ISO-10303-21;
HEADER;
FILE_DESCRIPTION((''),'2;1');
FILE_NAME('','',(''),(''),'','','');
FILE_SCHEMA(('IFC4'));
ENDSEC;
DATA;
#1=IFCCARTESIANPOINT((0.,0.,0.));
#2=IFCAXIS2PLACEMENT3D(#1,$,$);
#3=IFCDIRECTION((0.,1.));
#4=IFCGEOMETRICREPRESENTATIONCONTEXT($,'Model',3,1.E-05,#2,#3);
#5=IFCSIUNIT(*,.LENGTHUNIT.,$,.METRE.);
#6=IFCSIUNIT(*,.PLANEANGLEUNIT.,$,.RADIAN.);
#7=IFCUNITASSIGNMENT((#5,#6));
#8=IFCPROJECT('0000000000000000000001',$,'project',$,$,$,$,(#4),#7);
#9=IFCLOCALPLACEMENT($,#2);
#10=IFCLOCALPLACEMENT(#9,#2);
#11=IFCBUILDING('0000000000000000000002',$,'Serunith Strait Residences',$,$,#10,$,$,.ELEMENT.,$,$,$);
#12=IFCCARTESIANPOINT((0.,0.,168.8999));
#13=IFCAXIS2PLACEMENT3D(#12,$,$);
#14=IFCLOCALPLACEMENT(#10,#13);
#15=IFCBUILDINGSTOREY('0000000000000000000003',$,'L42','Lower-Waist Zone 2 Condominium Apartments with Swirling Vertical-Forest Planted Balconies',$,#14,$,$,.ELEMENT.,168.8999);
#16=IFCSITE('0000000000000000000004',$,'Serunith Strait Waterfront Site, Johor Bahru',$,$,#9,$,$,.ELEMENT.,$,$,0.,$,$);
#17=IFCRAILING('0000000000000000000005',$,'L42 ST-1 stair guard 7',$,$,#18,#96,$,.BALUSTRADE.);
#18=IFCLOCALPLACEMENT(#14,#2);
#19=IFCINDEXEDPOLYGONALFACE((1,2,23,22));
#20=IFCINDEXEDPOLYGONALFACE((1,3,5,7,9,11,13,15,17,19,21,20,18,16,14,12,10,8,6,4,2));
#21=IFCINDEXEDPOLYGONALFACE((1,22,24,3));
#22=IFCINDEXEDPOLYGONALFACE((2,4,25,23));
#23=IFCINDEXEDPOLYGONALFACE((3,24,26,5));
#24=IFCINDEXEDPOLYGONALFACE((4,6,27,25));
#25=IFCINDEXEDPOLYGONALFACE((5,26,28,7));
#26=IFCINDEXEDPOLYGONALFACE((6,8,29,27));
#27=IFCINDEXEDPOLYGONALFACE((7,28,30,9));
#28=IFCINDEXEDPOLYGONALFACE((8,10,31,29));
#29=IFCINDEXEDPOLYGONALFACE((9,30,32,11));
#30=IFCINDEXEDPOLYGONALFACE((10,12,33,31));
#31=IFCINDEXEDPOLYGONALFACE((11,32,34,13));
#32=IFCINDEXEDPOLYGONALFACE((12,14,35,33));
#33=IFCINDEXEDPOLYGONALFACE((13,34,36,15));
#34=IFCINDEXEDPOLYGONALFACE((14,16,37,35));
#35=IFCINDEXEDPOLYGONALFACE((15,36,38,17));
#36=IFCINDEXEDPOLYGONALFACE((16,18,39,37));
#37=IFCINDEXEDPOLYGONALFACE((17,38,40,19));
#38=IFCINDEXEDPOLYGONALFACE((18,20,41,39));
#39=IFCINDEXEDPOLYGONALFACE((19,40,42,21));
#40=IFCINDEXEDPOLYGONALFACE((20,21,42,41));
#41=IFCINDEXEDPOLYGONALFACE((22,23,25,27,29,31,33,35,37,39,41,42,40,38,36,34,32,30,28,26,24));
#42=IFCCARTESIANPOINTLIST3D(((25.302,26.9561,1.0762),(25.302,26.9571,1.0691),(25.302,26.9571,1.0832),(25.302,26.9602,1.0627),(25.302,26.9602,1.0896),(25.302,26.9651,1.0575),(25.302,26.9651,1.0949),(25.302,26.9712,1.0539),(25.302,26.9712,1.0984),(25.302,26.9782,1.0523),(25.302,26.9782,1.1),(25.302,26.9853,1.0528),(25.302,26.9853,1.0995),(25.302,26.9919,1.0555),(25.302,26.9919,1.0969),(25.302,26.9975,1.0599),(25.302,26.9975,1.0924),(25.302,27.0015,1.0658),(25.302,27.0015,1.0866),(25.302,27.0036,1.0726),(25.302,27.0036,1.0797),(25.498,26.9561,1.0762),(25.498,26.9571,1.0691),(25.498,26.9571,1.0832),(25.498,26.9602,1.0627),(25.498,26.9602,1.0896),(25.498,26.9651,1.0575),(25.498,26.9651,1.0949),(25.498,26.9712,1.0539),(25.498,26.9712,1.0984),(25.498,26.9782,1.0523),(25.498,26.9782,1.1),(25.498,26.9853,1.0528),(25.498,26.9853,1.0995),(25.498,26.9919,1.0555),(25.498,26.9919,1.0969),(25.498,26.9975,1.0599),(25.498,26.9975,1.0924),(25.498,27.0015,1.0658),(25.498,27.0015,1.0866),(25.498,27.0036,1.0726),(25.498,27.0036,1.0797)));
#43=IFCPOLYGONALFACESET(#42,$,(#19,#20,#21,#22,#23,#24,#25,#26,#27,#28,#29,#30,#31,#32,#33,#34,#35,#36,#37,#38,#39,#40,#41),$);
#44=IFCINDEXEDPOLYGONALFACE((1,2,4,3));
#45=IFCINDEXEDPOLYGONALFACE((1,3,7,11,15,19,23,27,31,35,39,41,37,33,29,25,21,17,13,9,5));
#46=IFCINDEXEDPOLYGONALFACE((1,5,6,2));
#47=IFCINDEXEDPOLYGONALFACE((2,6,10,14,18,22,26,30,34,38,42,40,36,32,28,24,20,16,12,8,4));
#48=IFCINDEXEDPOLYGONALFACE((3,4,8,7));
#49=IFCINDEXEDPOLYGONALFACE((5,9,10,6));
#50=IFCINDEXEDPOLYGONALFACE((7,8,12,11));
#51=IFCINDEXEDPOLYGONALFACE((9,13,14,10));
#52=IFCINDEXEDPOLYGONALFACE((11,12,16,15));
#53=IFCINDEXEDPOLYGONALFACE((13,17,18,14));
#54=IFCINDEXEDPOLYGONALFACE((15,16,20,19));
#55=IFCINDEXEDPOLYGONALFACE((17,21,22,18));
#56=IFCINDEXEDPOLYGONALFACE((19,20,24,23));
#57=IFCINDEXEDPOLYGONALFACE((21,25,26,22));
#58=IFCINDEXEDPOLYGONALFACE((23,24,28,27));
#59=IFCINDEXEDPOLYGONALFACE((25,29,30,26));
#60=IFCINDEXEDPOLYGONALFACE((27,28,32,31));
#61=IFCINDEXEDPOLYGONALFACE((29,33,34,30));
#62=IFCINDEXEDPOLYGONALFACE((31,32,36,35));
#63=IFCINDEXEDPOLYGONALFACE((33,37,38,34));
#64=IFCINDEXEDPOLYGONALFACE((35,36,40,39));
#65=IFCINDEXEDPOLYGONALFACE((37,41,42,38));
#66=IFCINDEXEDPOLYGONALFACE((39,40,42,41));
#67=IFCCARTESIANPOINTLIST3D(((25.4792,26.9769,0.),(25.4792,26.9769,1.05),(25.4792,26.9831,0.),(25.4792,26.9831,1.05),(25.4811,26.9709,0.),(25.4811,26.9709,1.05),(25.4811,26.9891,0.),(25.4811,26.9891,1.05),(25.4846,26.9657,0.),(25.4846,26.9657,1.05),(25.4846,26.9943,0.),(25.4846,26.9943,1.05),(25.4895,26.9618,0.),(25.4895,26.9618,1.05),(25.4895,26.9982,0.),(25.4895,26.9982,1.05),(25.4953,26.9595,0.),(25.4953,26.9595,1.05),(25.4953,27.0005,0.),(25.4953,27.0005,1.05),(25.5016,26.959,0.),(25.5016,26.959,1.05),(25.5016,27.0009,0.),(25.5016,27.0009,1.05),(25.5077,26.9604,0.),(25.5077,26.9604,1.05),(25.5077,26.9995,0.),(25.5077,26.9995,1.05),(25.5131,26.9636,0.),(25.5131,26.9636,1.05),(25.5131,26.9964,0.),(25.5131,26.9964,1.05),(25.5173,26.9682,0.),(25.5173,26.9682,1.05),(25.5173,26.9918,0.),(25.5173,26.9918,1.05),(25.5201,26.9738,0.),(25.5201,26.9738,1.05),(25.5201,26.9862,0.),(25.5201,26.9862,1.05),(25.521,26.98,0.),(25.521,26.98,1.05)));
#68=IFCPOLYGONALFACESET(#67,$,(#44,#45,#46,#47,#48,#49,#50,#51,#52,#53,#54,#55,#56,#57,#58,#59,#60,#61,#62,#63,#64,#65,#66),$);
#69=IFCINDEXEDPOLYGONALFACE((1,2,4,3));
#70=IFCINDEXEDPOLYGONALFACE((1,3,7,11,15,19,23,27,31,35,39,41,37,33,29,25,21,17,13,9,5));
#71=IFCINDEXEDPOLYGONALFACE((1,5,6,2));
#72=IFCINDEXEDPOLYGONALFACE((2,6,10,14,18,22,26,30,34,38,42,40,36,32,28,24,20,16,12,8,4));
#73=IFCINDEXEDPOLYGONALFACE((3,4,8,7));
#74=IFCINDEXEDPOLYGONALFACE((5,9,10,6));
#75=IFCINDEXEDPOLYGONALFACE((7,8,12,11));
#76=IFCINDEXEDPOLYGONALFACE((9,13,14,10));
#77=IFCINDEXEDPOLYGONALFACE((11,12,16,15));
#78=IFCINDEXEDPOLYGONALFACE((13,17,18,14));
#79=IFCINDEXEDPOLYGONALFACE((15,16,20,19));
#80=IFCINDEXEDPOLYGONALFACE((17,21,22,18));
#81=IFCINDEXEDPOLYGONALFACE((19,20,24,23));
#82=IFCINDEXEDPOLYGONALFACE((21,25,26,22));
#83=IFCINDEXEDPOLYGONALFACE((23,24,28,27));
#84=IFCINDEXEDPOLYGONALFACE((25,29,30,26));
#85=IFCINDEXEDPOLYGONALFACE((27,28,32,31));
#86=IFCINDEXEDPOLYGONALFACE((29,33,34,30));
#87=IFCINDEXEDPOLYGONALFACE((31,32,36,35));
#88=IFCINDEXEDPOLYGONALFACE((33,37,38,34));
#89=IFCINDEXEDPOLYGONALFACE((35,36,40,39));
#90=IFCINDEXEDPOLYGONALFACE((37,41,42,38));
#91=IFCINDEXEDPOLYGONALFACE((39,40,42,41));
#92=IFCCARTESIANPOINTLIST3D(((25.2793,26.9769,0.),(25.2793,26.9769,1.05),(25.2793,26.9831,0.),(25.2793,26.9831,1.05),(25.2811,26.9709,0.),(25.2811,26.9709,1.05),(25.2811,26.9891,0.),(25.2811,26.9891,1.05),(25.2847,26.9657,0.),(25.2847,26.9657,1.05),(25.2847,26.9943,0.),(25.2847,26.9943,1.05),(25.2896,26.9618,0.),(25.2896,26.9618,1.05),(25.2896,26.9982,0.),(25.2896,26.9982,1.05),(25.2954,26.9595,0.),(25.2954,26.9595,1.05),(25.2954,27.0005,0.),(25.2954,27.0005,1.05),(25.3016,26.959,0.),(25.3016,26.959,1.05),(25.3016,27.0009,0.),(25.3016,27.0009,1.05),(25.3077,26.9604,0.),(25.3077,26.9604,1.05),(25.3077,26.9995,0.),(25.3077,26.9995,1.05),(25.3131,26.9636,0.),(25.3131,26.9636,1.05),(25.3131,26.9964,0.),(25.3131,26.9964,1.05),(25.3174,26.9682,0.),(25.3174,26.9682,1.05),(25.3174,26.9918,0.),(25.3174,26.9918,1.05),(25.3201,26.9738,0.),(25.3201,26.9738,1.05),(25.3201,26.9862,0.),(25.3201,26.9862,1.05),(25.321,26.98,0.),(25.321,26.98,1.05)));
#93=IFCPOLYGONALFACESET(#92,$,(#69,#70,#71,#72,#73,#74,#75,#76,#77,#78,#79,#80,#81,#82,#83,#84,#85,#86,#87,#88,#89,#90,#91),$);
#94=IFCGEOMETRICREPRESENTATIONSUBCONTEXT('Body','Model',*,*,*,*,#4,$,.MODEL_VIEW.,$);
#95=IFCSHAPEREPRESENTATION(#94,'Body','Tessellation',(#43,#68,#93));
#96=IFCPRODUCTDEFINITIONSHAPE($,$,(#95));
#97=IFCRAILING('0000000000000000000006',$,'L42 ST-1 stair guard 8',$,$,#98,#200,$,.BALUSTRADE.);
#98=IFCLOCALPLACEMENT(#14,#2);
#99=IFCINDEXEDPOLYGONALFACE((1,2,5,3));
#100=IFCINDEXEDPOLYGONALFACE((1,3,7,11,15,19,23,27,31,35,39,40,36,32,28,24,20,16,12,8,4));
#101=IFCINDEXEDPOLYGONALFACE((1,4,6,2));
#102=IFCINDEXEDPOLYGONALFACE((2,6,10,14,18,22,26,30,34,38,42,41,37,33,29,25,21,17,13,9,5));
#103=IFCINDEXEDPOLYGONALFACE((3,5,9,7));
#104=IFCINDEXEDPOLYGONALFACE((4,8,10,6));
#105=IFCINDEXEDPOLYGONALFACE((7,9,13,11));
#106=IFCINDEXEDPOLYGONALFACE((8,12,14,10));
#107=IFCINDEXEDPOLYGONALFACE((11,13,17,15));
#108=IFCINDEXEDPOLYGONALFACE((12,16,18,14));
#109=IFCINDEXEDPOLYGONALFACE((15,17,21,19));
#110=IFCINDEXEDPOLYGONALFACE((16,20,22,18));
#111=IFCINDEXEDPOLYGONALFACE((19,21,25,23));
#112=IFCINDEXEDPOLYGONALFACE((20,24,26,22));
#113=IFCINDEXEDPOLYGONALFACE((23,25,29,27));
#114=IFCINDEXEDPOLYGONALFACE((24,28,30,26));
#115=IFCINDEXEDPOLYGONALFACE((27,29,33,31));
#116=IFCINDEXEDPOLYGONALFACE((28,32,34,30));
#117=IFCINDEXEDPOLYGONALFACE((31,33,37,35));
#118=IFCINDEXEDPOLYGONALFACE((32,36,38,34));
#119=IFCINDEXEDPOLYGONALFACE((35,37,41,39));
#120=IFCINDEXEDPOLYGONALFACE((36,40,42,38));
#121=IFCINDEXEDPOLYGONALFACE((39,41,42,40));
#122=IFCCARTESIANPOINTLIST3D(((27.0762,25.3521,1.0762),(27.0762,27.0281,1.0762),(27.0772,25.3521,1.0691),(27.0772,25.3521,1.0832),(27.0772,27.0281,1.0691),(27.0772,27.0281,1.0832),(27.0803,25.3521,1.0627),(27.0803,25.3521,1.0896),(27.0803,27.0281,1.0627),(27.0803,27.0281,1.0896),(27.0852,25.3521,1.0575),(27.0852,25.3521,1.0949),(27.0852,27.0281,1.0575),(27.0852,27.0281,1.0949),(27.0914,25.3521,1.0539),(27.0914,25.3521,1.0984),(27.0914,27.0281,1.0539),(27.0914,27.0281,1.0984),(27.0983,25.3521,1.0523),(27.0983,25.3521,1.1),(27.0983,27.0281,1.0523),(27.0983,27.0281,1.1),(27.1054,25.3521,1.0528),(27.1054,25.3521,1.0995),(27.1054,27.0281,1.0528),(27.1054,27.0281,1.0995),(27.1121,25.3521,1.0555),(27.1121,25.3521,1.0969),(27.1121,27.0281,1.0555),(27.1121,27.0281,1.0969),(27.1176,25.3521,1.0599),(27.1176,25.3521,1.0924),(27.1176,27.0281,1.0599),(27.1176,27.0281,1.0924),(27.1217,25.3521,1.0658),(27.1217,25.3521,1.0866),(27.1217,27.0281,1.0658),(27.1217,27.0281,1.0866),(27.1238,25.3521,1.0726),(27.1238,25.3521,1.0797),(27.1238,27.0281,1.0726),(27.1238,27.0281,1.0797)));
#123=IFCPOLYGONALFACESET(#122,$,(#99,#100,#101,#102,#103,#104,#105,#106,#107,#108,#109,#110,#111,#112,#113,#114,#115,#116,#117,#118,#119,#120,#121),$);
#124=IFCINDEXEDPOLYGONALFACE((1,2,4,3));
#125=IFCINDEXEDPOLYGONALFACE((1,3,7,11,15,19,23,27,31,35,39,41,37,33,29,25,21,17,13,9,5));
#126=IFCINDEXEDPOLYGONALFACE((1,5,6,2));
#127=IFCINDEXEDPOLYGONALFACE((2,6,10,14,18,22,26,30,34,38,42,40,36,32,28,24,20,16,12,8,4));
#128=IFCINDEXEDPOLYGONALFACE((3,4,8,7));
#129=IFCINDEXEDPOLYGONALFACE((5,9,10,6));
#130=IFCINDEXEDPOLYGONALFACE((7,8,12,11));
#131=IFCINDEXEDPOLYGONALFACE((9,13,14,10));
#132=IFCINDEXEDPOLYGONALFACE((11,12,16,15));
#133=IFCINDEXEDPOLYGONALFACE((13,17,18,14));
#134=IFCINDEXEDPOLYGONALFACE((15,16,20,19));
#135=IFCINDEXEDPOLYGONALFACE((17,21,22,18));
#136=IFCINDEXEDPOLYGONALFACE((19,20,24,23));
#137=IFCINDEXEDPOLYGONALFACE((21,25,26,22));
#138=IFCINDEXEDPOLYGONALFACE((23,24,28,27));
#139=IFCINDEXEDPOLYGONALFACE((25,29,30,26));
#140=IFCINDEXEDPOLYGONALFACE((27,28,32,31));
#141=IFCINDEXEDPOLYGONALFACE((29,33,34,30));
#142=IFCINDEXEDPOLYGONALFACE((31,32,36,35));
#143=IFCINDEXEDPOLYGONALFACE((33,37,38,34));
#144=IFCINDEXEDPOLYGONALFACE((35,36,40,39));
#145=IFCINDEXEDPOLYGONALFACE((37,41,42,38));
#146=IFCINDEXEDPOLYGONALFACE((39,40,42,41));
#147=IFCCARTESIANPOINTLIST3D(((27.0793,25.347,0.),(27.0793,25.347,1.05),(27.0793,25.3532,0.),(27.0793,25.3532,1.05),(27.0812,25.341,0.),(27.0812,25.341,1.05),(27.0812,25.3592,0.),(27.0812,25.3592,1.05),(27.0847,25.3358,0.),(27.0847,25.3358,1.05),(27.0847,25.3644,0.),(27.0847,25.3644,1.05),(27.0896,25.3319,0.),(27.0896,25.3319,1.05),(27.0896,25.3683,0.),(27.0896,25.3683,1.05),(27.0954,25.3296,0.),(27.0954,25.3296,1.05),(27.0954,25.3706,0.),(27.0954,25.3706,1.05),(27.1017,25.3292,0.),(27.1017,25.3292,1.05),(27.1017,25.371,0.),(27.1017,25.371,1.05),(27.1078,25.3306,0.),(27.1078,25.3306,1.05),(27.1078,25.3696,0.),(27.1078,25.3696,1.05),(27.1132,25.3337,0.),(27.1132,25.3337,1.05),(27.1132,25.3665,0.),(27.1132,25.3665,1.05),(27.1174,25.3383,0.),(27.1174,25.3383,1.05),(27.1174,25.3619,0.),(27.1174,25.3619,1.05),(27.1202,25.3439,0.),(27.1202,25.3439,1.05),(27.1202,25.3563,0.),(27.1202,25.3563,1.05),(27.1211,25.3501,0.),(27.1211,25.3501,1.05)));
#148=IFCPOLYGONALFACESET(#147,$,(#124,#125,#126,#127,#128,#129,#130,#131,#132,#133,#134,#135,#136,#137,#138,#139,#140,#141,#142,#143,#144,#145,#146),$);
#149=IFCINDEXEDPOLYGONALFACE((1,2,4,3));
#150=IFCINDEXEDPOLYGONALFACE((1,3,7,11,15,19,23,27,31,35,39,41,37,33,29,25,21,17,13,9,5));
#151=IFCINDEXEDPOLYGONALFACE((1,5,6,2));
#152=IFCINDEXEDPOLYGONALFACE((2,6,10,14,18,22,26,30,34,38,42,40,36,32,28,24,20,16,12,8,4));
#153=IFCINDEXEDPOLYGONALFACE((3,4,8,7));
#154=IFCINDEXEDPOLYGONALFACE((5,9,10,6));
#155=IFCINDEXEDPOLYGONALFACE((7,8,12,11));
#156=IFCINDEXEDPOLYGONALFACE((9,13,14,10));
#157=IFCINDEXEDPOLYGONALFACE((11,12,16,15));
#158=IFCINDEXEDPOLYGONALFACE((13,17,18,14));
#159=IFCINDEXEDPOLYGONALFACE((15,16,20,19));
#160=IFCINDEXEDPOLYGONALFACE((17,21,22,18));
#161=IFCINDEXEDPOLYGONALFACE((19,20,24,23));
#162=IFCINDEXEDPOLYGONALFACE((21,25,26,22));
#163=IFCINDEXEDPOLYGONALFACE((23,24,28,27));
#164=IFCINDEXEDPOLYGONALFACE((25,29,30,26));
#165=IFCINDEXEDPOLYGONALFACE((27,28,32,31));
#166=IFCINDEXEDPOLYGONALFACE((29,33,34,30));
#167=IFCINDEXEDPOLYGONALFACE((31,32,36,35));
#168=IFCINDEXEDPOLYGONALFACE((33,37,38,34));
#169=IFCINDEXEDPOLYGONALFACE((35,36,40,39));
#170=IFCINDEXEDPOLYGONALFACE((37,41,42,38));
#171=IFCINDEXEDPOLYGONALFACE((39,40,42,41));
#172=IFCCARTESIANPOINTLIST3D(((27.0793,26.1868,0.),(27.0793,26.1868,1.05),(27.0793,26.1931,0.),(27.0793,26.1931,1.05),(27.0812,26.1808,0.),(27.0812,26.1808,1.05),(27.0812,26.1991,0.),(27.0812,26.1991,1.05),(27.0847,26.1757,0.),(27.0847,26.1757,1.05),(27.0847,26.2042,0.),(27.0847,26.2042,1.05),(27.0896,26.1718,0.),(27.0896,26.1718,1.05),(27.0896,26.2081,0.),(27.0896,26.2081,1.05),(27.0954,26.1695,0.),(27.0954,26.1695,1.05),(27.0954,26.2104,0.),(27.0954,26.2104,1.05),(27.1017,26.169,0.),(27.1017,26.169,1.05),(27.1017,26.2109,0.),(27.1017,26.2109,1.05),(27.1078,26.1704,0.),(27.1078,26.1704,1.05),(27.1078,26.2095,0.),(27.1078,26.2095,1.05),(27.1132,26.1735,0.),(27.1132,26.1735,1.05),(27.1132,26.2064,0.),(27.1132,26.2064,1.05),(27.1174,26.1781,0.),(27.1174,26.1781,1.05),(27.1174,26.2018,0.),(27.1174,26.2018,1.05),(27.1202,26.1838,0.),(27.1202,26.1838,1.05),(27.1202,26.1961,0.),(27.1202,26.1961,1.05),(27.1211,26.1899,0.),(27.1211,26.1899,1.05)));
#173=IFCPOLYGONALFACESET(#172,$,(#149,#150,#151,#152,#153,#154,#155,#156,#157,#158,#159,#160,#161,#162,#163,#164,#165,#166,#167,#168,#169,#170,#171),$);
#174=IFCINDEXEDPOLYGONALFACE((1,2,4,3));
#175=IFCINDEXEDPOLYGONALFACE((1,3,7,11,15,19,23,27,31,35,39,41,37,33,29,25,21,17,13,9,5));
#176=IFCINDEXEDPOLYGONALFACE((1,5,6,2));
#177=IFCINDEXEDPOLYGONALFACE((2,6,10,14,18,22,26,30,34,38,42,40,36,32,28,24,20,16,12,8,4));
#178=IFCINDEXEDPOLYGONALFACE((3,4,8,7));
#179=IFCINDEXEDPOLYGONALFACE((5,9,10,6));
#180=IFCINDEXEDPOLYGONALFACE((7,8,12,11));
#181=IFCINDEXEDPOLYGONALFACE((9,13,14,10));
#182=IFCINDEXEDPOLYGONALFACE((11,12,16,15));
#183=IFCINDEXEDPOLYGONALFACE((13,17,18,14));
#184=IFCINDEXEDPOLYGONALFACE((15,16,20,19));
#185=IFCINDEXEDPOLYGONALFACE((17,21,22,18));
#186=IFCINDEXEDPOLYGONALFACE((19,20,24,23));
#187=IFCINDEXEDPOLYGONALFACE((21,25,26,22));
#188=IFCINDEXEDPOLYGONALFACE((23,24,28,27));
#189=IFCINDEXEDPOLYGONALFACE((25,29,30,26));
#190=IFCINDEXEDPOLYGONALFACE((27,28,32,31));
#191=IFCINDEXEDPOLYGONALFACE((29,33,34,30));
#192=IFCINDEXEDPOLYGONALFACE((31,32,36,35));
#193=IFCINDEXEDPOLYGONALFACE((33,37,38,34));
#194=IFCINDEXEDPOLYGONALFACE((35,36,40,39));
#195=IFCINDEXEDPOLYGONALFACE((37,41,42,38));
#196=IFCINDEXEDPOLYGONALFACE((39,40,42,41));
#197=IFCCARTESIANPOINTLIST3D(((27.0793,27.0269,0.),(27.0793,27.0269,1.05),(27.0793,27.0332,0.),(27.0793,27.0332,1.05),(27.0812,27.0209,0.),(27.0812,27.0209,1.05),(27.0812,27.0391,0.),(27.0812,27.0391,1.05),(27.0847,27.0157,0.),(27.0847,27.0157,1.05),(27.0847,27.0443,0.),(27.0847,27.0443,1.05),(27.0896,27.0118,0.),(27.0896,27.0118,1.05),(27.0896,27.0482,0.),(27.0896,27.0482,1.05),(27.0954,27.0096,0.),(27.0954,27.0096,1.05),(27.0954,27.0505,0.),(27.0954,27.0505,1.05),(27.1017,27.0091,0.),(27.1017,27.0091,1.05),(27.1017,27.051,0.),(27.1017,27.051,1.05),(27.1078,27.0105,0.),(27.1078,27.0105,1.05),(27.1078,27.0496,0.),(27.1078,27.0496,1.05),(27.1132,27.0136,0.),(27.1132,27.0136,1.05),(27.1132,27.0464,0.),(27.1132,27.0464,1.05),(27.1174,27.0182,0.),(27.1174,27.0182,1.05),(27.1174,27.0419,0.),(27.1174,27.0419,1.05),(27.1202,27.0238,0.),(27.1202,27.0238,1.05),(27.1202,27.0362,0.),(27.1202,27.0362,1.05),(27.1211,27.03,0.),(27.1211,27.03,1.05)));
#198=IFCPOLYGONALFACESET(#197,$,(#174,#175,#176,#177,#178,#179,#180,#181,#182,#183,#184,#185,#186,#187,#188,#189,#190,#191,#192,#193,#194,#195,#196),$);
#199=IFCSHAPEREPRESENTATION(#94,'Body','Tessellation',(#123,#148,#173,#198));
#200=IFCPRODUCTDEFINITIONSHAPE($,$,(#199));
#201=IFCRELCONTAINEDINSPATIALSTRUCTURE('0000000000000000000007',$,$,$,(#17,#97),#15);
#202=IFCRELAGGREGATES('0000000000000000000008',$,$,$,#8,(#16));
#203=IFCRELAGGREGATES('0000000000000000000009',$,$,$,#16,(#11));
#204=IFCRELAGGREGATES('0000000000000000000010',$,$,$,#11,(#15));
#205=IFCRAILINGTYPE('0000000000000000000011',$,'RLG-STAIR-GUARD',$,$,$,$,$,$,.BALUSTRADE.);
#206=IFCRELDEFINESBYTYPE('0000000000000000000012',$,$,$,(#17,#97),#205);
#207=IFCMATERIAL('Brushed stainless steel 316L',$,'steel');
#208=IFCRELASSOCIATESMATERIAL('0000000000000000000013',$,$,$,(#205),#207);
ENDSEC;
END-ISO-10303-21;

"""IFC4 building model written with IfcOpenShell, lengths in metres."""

from ifc_helpers import new_model, si_unit, direction, frame, origin, origin_2d, place, context, subcontext, project, spatial, circle, extrude, material, type_object, element, save


model = new_model("IFC4")

# Units and contexts
model_context = context("Model", 3, precision=1e-05, world=origin(), true_north=direction((0.0, 1.0)))
body_context = subcontext(model_context, "Body", "Model", "MODEL_VIEW")
ifc_project = project(units=[si_unit("LENGTHUNIT", "METRE"), si_unit("PLANEANGLEUNIT", "RADIAN")], contexts=[model_context])

# Site, building, storey
site_placement = place(None, origin())
site = spatial("IfcSite", under=ifc_project, at=site_placement, Name="Serunith Strait Waterfront Site, Johor Bahru", CompositionType="ELEMENT", RefElevation=0.0)
building_placement = place(site_placement, origin())
building = spatial("IfcBuilding", under=site, at=building_placement, Name="Serunith Strait Residences", CompositionType="ELEMENT")
storey_placement = place(building_placement, frame((0.0, 0.0, 168.8999)))
storey = spatial("IfcBuildingStorey", under=building, at=storey_placement, Name="L42", Description="Lower-Waist Zone 2 Condominium Apartments with Swirling Vertical-Forest Planted Balconies", CompositionType="ELEMENT", Elevation=168.8999)

# Railings
ifc_material_1 = material(Name="Brushed stainless steel 316L", Category="steel")
railing_type_1 = type_object("IfcRailingType", Name="RLG-STAIR-GUARD", PredefinedType="BALUSTRADE", material=ifc_material_1)
railing_1_placement = place(storey_placement, frame((25.5, 26.98, 0.0)))
element("IfcRailing", 1, at=railing_1_placement, inside=storey, type_object=railing_type_1, Name="L42 ST-1 stair guard 7", PredefinedType="BALUSTRADE", context=body_context, shape_type="SweptSolid", body=[
    extrude(circle(Radius=0.0239, at=origin_2d()), frame((-0.002, 0.0, 1.0762), z_axis=(-1.0, 0.0, 0.0), x_axis=(0.0, -1.0, 0.0)), (0.0, 0.0, 1.0), 0.196),
    extrude(circle(Radius=0.021, at=origin_2d()), origin(), (0.0, 0.0, 1.0), 1.05),
    extrude(circle(Radius=0.021, at=origin_2d()), frame((-0.2, 0.0, 0.0)), (0.0, 0.0, 1.0), 1.05),
])
for number, where, name in (
    (2, (27.1001, 25.3501, 0.0), "L42 ST-1 stair guard 8"),
):
    element("IfcRailing", number, at=place(storey_placement, frame(where)), inside=storey, type_object=railing_type_1, Name=name, PredefinedType="BALUSTRADE", context=body_context, shape_type="SweptSolid", body=[
        extrude(circle(Radius=0.0239, at=origin_2d()), frame((0.0, 0.002, 1.0762), z_axis=(0.0, 1.0, 0.0), x_axis=(-1.0, 0.0, 0.0)), (0.0, 0.0, 1.0), 1.676),
        extrude(circle(Radius=0.021, at=origin_2d()), origin(), (0.0, 0.0, 1.0), 1.05),
        extrude(circle(Radius=0.021, at=origin_2d()), frame((0.0, 0.8398, 0.0)), (0.0, 0.0, 1.0), 1.05),
        extrude(circle(Radius=0.021, at=origin_2d()), frame((0.0, 1.6799, 0.0)), (0.0, 0.0, 1.0), 1.05),
    ])

save(model, "model.ifc")
